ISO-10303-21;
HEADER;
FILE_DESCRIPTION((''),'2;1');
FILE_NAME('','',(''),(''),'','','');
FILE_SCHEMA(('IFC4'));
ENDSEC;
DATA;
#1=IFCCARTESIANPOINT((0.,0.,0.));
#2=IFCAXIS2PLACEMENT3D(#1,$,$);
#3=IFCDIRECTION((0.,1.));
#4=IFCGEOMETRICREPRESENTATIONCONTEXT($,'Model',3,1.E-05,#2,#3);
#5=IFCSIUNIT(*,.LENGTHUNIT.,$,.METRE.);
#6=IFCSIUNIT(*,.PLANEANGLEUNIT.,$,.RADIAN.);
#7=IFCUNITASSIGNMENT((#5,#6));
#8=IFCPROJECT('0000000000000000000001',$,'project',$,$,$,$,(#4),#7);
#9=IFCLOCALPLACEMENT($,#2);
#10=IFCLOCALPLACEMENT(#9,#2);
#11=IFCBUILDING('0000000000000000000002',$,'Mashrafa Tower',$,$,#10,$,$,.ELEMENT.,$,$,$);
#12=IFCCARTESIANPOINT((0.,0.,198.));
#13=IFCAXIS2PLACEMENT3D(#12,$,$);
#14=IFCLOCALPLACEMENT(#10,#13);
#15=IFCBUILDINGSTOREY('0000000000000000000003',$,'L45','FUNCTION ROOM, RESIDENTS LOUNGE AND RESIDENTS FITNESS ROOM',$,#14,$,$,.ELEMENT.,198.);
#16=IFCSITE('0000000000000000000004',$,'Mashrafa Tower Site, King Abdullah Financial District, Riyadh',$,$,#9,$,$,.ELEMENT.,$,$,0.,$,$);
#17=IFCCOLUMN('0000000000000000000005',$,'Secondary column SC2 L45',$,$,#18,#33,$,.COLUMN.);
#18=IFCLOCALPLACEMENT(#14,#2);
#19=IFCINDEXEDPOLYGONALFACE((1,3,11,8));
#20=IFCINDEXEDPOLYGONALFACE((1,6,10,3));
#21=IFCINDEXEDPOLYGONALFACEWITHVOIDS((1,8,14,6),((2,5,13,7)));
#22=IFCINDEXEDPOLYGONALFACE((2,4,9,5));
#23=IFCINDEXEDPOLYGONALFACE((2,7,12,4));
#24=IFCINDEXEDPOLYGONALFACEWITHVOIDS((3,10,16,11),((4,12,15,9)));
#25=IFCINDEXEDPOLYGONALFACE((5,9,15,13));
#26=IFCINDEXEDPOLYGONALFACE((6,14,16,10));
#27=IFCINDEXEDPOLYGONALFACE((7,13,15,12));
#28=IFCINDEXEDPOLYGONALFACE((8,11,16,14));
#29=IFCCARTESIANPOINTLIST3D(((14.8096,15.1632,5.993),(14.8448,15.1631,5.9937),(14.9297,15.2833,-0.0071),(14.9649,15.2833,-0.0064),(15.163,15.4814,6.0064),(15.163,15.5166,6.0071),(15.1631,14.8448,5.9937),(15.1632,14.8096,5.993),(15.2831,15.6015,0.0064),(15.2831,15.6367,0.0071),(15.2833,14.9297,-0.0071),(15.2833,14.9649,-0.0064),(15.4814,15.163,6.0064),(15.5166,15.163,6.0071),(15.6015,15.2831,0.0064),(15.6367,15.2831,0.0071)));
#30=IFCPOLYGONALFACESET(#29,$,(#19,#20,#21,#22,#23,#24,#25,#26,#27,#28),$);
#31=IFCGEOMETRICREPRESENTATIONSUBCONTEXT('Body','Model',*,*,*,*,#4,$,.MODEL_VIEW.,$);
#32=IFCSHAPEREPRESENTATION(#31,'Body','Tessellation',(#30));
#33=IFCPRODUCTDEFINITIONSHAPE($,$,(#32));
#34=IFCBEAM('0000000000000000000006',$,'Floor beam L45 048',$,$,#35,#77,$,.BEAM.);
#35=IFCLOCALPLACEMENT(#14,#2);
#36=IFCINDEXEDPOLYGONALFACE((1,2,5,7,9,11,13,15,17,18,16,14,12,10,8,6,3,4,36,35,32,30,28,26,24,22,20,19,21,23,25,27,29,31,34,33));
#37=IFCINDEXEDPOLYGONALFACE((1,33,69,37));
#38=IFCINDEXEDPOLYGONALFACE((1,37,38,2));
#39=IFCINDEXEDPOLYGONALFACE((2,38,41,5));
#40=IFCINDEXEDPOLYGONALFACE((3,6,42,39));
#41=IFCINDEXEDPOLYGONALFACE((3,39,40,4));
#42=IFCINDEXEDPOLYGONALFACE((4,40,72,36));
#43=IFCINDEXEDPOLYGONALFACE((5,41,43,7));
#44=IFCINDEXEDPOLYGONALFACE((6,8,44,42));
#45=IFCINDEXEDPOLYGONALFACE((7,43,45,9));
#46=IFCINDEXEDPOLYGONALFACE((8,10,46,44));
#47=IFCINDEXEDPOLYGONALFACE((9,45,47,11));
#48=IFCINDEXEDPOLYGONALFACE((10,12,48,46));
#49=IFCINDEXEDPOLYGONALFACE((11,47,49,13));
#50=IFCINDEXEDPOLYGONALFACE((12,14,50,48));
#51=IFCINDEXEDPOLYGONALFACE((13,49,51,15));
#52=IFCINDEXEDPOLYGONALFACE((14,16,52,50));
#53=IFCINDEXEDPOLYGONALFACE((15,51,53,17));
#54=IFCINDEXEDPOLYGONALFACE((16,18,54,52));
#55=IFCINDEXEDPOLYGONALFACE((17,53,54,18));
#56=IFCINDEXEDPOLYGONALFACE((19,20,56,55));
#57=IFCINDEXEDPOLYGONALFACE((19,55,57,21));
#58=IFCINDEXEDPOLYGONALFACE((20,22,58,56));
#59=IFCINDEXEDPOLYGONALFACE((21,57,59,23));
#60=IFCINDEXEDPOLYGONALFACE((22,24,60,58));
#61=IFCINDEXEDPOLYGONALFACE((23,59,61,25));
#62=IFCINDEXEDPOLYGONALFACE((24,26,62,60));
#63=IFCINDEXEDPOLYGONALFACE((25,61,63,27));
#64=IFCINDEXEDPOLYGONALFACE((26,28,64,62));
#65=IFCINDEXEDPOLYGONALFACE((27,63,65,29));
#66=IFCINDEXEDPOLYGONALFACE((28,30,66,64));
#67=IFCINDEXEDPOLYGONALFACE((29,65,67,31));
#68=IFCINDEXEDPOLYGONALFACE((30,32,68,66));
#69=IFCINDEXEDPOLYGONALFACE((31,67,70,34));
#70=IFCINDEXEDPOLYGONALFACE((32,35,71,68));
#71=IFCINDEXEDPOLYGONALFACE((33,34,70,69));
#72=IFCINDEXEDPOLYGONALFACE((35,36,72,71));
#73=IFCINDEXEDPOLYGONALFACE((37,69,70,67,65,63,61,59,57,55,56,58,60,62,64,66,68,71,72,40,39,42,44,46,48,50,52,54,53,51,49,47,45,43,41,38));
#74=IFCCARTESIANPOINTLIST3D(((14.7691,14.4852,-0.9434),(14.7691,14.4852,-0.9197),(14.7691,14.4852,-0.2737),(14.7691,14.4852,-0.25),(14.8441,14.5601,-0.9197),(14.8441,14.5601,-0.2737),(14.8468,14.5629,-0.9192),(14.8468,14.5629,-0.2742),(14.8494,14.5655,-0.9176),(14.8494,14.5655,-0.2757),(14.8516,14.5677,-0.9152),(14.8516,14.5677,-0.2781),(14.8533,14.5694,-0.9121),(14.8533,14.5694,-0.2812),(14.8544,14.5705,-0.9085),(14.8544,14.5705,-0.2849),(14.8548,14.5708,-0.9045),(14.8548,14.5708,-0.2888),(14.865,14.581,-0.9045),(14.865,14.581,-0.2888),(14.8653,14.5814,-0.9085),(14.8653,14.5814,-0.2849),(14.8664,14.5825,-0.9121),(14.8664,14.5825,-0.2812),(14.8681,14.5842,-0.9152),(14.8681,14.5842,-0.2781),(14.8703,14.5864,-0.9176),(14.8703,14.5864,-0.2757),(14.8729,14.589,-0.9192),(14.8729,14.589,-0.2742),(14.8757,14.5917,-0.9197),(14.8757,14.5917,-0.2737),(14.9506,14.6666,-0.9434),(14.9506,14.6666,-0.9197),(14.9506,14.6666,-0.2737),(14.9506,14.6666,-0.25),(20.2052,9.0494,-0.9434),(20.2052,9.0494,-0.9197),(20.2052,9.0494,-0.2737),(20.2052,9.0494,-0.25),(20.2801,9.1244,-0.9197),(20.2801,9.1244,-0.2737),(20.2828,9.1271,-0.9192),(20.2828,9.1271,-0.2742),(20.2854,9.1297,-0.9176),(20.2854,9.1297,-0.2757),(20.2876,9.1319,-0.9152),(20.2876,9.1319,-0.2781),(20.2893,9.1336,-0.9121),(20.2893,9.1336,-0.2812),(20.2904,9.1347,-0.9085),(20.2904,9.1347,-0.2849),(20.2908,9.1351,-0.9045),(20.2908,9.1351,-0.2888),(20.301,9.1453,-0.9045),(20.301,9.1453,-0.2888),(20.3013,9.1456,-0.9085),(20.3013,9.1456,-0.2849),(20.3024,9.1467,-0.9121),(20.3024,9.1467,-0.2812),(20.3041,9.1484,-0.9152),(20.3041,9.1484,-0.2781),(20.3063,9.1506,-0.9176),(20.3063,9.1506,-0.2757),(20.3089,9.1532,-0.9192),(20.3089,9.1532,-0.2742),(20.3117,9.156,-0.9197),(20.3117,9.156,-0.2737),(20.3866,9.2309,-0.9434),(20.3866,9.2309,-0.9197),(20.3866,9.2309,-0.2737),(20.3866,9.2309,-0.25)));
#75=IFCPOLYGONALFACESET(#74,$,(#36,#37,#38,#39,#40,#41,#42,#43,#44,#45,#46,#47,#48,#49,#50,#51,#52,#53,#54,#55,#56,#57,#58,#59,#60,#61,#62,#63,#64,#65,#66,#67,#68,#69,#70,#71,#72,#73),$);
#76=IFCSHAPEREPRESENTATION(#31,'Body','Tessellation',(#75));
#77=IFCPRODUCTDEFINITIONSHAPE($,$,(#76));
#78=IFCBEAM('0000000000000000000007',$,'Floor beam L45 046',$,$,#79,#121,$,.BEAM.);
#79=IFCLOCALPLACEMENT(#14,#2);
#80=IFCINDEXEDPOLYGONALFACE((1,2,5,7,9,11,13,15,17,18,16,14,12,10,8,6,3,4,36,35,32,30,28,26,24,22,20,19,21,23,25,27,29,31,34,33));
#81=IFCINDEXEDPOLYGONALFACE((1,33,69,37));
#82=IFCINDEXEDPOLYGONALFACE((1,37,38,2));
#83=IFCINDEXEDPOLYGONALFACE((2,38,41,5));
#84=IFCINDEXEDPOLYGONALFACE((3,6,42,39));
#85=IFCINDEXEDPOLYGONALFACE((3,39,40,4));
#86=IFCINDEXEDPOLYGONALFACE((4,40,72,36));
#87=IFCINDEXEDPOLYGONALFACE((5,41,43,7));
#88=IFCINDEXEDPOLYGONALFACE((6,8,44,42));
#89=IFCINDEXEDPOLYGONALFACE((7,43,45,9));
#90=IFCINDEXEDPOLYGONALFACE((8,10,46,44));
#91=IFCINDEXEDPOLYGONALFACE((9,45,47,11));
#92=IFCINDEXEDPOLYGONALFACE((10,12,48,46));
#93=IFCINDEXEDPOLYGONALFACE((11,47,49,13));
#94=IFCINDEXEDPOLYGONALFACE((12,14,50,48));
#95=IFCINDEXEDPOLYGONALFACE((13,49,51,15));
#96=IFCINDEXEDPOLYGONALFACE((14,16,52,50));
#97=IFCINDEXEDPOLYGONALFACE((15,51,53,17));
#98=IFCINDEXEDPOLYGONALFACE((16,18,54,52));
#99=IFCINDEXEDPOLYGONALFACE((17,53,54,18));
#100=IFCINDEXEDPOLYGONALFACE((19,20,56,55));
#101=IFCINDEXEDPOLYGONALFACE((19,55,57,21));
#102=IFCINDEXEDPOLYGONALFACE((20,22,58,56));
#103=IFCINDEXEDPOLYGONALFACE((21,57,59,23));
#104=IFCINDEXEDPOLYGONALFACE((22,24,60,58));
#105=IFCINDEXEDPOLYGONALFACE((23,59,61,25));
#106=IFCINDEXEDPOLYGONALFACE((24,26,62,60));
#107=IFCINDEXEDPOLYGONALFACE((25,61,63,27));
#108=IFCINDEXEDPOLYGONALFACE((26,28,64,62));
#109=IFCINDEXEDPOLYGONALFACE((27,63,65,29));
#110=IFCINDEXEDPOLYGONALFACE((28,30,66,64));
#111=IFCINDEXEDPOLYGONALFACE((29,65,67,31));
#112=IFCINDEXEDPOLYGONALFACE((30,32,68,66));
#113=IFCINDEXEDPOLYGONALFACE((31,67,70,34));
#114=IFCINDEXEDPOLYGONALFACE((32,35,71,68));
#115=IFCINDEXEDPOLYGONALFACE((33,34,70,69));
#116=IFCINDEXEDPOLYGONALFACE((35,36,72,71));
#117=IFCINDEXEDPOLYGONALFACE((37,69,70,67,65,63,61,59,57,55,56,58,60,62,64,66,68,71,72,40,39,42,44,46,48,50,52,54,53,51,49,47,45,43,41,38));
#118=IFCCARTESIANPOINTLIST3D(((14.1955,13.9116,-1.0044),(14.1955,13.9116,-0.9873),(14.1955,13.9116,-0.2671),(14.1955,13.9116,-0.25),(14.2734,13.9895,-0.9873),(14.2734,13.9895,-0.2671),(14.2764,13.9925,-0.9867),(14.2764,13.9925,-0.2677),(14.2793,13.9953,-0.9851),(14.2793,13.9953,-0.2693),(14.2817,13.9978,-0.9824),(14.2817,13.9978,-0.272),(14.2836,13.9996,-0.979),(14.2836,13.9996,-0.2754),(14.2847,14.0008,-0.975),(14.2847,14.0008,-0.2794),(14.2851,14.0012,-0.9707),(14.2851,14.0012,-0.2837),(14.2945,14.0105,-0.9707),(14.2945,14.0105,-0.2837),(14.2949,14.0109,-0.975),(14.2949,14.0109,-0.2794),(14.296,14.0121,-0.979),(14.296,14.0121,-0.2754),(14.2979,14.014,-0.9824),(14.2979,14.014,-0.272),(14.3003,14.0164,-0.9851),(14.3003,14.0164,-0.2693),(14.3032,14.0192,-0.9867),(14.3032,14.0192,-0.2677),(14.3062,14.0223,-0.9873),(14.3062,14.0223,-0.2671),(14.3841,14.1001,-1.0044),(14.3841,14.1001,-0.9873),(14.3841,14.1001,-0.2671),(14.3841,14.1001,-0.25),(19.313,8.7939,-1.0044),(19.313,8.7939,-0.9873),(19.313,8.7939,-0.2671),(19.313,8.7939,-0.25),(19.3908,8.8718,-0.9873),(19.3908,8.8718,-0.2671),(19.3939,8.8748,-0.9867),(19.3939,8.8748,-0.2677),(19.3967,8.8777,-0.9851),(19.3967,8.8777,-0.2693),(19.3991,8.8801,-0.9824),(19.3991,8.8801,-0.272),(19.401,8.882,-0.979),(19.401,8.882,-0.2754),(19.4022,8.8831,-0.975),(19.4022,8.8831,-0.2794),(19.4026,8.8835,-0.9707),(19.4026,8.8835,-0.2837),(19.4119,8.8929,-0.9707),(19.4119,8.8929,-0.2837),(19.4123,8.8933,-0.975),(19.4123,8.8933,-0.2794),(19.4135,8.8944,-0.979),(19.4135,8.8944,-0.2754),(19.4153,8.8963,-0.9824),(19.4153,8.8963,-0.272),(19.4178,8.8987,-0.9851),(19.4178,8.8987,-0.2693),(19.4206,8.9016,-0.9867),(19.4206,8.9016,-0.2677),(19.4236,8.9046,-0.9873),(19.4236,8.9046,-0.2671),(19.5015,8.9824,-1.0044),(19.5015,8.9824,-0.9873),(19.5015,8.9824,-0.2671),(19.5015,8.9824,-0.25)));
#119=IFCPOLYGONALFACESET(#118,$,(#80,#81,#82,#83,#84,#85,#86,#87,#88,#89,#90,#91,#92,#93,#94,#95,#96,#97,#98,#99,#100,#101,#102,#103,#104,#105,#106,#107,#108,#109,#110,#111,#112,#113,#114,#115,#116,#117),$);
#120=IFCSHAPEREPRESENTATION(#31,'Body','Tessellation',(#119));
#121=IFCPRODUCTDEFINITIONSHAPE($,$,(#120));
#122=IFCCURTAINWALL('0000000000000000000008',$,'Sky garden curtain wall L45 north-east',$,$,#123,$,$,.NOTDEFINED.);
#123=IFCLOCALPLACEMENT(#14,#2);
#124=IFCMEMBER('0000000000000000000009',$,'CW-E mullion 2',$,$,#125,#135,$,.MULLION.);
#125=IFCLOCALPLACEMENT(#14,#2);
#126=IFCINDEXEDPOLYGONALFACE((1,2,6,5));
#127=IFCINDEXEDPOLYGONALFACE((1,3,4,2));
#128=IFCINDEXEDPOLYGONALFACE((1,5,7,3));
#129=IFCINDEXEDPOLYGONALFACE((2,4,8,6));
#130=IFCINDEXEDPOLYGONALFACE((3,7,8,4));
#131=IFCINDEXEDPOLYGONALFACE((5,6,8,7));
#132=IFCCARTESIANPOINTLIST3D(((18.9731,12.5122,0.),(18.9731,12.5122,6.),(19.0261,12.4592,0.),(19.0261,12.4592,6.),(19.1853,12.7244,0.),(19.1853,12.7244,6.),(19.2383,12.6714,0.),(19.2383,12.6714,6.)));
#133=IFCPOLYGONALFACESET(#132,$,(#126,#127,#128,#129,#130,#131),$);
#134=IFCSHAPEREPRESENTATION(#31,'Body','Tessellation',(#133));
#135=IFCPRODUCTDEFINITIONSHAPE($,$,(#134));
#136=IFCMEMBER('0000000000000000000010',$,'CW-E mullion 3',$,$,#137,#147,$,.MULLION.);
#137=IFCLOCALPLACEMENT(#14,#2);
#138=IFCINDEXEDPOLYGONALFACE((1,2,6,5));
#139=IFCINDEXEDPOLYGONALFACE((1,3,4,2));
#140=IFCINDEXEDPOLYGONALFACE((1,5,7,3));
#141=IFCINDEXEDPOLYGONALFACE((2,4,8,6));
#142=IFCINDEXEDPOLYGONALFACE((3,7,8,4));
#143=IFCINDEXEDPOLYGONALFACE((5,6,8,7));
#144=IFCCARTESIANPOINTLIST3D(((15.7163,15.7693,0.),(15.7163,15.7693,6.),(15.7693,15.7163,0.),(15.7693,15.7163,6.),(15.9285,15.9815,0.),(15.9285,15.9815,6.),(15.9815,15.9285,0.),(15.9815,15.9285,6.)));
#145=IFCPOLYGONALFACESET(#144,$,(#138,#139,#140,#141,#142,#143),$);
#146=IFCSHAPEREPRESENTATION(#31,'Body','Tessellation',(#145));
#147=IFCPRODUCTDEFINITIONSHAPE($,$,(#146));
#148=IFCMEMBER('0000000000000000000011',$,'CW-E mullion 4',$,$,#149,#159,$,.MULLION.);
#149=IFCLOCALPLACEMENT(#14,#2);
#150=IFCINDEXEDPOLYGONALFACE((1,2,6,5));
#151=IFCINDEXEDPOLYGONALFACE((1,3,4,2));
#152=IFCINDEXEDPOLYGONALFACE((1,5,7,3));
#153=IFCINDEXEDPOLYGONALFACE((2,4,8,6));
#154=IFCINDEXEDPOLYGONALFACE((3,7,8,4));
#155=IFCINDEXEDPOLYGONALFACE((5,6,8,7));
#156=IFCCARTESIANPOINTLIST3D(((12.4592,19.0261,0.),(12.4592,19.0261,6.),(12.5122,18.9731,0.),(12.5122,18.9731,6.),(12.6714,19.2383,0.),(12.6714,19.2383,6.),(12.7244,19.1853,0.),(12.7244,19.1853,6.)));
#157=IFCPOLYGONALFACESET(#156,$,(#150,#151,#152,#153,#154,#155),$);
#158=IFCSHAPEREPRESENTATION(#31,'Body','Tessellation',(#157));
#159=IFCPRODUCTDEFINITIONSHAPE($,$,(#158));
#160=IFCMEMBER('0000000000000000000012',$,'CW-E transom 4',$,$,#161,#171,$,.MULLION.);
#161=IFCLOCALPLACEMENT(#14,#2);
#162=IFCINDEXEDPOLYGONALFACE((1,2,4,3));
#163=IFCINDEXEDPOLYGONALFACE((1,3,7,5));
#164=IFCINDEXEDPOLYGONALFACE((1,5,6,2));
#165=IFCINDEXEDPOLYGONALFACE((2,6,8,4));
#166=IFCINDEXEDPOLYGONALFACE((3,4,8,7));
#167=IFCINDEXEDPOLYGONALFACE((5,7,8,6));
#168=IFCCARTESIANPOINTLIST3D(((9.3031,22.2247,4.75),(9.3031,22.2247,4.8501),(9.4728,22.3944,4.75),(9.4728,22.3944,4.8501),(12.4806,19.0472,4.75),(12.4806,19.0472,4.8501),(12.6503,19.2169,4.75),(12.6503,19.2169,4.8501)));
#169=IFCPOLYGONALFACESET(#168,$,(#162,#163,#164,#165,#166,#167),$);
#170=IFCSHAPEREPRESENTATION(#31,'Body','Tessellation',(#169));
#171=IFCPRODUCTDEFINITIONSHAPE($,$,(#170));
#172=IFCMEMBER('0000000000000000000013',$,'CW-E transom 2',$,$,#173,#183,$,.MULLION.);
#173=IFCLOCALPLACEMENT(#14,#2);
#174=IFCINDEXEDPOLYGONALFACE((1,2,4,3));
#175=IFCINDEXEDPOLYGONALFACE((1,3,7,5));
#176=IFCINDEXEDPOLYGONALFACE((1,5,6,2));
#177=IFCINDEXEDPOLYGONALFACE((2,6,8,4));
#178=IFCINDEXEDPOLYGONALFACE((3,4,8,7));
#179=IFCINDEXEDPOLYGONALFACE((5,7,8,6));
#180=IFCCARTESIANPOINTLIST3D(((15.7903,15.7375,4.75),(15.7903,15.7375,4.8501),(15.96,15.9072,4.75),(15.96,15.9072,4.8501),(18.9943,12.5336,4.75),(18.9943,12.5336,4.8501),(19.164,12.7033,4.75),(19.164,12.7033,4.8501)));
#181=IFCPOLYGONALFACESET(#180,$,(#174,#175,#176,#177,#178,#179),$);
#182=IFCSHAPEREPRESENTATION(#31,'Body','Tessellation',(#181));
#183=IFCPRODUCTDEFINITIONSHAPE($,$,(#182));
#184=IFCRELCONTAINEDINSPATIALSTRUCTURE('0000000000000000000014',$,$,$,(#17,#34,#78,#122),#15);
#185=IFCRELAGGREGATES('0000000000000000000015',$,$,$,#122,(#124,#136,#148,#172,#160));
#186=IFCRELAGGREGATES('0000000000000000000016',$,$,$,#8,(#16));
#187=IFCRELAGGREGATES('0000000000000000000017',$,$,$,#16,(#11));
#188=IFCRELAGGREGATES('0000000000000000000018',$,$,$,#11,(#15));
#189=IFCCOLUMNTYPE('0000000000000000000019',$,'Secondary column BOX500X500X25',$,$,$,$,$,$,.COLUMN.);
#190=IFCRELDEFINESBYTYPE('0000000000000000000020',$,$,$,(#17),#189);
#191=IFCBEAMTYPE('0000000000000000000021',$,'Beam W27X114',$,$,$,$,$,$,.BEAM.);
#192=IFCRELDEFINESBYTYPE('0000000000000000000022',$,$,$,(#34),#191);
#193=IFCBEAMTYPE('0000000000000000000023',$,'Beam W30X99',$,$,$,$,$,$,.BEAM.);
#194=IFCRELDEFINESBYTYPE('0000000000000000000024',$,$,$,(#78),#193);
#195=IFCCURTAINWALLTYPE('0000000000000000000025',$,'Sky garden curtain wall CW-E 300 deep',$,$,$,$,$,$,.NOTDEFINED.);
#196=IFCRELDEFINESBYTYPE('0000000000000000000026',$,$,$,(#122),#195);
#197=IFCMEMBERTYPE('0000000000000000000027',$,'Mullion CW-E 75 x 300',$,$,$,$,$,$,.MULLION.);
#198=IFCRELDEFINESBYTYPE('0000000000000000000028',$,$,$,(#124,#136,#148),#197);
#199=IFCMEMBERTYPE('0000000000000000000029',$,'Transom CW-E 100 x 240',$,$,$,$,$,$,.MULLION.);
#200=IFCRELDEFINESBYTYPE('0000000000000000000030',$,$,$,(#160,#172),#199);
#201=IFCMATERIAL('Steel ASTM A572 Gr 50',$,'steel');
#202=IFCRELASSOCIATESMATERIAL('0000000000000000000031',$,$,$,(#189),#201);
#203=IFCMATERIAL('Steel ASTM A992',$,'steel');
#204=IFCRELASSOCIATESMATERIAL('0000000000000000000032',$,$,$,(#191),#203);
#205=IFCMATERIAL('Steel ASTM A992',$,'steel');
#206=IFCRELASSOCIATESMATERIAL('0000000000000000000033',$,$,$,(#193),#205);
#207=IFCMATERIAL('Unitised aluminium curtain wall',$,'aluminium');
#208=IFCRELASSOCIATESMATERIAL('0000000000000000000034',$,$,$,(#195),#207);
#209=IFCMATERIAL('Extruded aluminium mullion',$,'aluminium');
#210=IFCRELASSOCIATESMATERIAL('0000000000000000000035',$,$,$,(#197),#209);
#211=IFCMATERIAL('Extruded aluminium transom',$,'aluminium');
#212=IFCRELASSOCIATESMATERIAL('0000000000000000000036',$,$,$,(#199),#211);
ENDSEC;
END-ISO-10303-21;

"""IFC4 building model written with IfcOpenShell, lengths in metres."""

from ifc_helpers import new_model, si_unit, direction, frame, origin, origin_2d, place, context, subcontext, project, spatial, rectangle, hollow_rectangle, i_section, extrude, source, transform, mapped, material, material_profile, profile_set, type_object, type_shapes, element, aggregate, save


model = new_model("IFC4")

# Units and contexts
model_context = context("Model", 3, precision=1e-05, world=origin(), true_north=direction((0.0, 1.0)))
body_context = subcontext(model_context, "Body", "Model", "MODEL_VIEW")
ifc_project = project(units=[si_unit("LENGTHUNIT", "METRE"), si_unit("PLANEANGLEUNIT", "RADIAN")], contexts=[model_context])

# Site, building, storey
site_placement = place(None, origin())
site = spatial("IfcSite", under=ifc_project, at=site_placement, Name="Mashrafa Tower Site, King Abdullah Financial District, Riyadh", CompositionType="ELEMENT", RefElevation=0.0)
building_placement = place(site_placement, origin())
building = spatial("IfcBuilding", under=site, at=building_placement, Name="Mashrafa Tower", CompositionType="ELEMENT")
storey_placement = place(building_placement, frame((0.0, 0.0, 198.0)))
storey = spatial("IfcBuildingStorey", under=building, at=storey_placement, Name="L45", Description="FUNCTION ROOM, RESIDENTS LOUNGE AND RESIDENTS FITNESS ROOM", CompositionType="ELEMENT", Elevation=198.0)

# Column
ifc_material_1 = material(Name="Steel ASTM A572 Gr 50", Category="steel")
ifc_material_profile_1 = material_profile(ifc_material_1, hollow_rectangle(XDim=0.5, YDim=0.5, WallThickness=0.0249, at=origin_2d()), Name="BOX500X500X25")
ifc_profile_set_1 = profile_set([ifc_material_profile_1], Name="Steel ASTM A572 Gr 50")
column_type = type_object("IfcColumnType", Name="Secondary column BOX500X500X25", PredefinedType="COLUMN", material=ifc_profile_set_1)
column_placement = place(storey_placement, frame((15.2832, 15.2832, 0.0), z_axis=(-0.020012, -0.020012, 0.999599), x_axis=(0.707107, -0.707107, 0.0)))
element("IfcColumn", 1, at=column_placement, inside=storey, type_object=column_type, Name="Secondary column SC2 L45", PredefinedType="COLUMN", context=body_context, shape_type="SweptSolid", body=[
    extrude(hollow_rectangle(XDim=0.5, YDim=0.5, WallThickness=0.0249, at=origin_2d()), origin(), (0.0, 0.0, 1.0), 6.0024),
])

# Beams
ifc_material_2 = material(Name="Steel ASTM A992", Category="steel")
ifc_material_profile_2 = material_profile(ifc_material_2, i_section(OverallWidth=0.2566, OverallDepth=0.6934, WebThickness=0.0144, FlangeThickness=0.0237, FilletRadius=0.0151, at=origin_2d()), Name="W27X114")
ifc_profile_set_2 = profile_set([ifc_material_profile_2], Name="Steel ASTM A992")
beam_type_1 = type_object("IfcBeamType", Name="Beam W27X114", PredefinedType="BEAM", material=ifc_profile_set_2)
beam_1_placement = place(storey_placement, frame((14.8599, 14.5759, -0.5967), z_axis=(0.707123, -0.707091, 0.0), x_axis=(0.707091, 0.707123, 0.0)))
element("IfcBeam", 2, at=beam_1_placement, inside=storey, type_object=beam_type_1, Name="Floor beam L45 048", PredefinedType="BEAM", context=body_context, shape_type="SweptSolid", body=[
    extrude(i_section(OverallWidth=0.2566, OverallDepth=0.6934, WebThickness=0.0144, FlangeThickness=0.0237, FilletRadius=0.0151, at=origin_2d()), origin(), (0.0, 0.0, 1.0), 7.6875),
])
ifc_material_3 = material(Name="Steel ASTM A992", Category="steel")
ifc_material_profile_3 = material_profile(ifc_material_3, i_section(OverallWidth=0.2666, OverallDepth=0.7544, WebThickness=0.0132, FlangeThickness=0.0171, FilletRadius=0.0166, at=origin_2d()), Name="W30X99")
ifc_profile_set_3 = profile_set([ifc_material_profile_3], Name="Steel ASTM A992")
beam_type_2 = type_object("IfcBeamType", Name="Beam W30X99", PredefinedType="BEAM", material=ifc_profile_set_3)
beam_2_placement = place(storey_placement, frame((14.2898, 14.0059, -0.6272), z_axis=(0.70709, -0.707124, 0.0), x_axis=(0.707124, 0.70709, 0.0)))
element("IfcBeam", 3, at=beam_2_placement, inside=storey, type_object=beam_type_2, Name="Floor beam L45 046", PredefinedType="BEAM", context=body_context, shape_type="SweptSolid", body=[
    extrude(i_section(OverallWidth=0.2666, OverallDepth=0.7544, WebThickness=0.0132, FlangeThickness=0.0171, FilletRadius=0.0166, at=origin_2d()), origin(), (0.0, 0.0, 1.0), 7.2373),
])

# Curtain wall, members
ifc_material_4 = material(Name="Unitised aluminium curtain wall", Category="aluminium")
curtain_wall_type = type_object("IfcCurtainWallType", Name="Sky garden curtain wall CW-E 300 deep", PredefinedType="NOTDEFINED", material=ifc_material_4)
curtain_wall_placement = place(storey_placement, origin())
curtain_wall = element("IfcCurtainWall", 4, at=curtain_wall_placement, inside=storey, type_object=curtain_wall_type, Name="Sky garden curtain wall L45 north-east", PredefinedType="NOTDEFINED")
ifc_material_5 = material(Name="Extruded aluminium mullion", Category="aluminium")
ifc_material_profile_4 = material_profile(ifc_material_5, rectangle(XDim=0.3, YDim=0.075, at=origin_2d()), Name="Mullion 75x300")
ifc_profile_set_4 = profile_set([ifc_material_profile_4], Name="Extruded aluminium mullion")
member_type_1 = type_object("IfcMemberType", Name="Mullion CW-E 75 x 300", PredefinedType="MULLION", material=ifc_profile_set_4)
shared_shape_1 = source(origin(), body_context, "Body", "SweptSolid", [
    extrude(rectangle(XDim=0.3, YDim=0.075, at=origin_2d()), origin(), (0.0, 0.0, 1.0), 6.0),
])
type_shapes(member_type_1, [shared_shape_1])
member_1_placement = place(storey_placement, frame((19.1057, 12.5918, 0.0), z_axis=(0.0, 0.0, 1.0), x_axis=(-0.707107, -0.707107, 0.0)))
member_1 = element("IfcMember", 5, at=member_1_placement, type_object=member_type_1, Name="CW-E mullion 2", PredefinedType="MULLION", context=body_context, shape_type="MappedRepresentation", body=[
    mapped(shared_shape_1, transform((0.0, 0.0, 0.0))),
])
member_2_placement = place(storey_placement, frame((15.8489, 15.8489, 0.0), z_axis=(0.0, 0.0, 1.0), x_axis=(-0.707107, -0.707107, 0.0)))
member_2 = element("IfcMember", 6, at=member_2_placement, type_object=member_type_1, Name="CW-E mullion 3", PredefinedType="MULLION", context=body_context, shape_type="MappedRepresentation", body=[
    mapped(shared_shape_1, transform((0.0, 0.0, 0.0))),
])
member_3_placement = place(storey_placement, frame((12.5918, 19.1057, 0.0), z_axis=(0.0, 0.0, 1.0), x_axis=(-0.707107, -0.707107, 0.0)))
member_3 = element("IfcMember", 7, at=member_3_placement, type_object=member_type_1, Name="CW-E mullion 4", PredefinedType="MULLION", context=body_context, shape_type="MappedRepresentation", body=[
    mapped(shared_shape_1, transform((0.0, 0.0, 0.0))),
])
ifc_material_6 = material(Name="Extruded aluminium transom", Category="aluminium")
ifc_material_profile_5 = material_profile(ifc_material_6, rectangle(XDim=0.24, YDim=0.1001, at=origin_2d()), Name="Transom 100x240")
ifc_profile_set_5 = profile_set([ifc_material_profile_5], Name="Extruded aluminium transom")
member_type_2 = type_object("IfcMemberType", Name="Transom CW-E 100 x 240", PredefinedType="MULLION", material=ifc_profile_set_5)
shared_shape_2 = source(origin(), body_context, "Body", "SweptSolid", [
    extrude(rectangle(XDim=0.24, YDim=0.1001, at=origin_2d()), origin(), (0.0, 0.0, 1.0), 4.4937),
])
member_4_placement = place(storey_placement, frame((12.5654, 19.1321, 4.8), z_axis=(-0.707107, 0.707107, 0.0), x_axis=(-0.707107, -0.707107, 0.0)))
member_4 = element("IfcMember", 8, at=member_4_placement, type_object=member_type_2, Name="CW-E transom 4", PredefinedType="MULLION", context=body_context, shape_type="MappedRepresentation", body=[
    mapped(shared_shape_2, transform((0.0, 0.0, 0.0))),
])
shared_shape_3 = source(origin(), body_context, "Body", "SweptSolid", [
    extrude(rectangle(XDim=0.24, YDim=0.1001, at=origin_2d()), origin(), (0.0, 0.0, 1.0), 4.531),
])
type_shapes(member_type_2, [shared_shape_2, shared_shape_3])
member_5_placement = place(storey_placement, frame((19.0791, 12.6184, 4.8), z_axis=(-0.707107, 0.707107, 0.0), x_axis=(-0.707107, -0.707107, 0.0)))
member_5 = element("IfcMember", 9, at=member_5_placement, type_object=member_type_2, Name="CW-E transom 2", PredefinedType="MULLION", context=body_context, shape_type="MappedRepresentation", body=[
    mapped(shared_shape_3, transform((0.0, 0.0, 0.0))),
])
aggregate(curtain_wall, [member_1, member_2, member_3, member_5, member_4])

save(model, "model.ifc")
